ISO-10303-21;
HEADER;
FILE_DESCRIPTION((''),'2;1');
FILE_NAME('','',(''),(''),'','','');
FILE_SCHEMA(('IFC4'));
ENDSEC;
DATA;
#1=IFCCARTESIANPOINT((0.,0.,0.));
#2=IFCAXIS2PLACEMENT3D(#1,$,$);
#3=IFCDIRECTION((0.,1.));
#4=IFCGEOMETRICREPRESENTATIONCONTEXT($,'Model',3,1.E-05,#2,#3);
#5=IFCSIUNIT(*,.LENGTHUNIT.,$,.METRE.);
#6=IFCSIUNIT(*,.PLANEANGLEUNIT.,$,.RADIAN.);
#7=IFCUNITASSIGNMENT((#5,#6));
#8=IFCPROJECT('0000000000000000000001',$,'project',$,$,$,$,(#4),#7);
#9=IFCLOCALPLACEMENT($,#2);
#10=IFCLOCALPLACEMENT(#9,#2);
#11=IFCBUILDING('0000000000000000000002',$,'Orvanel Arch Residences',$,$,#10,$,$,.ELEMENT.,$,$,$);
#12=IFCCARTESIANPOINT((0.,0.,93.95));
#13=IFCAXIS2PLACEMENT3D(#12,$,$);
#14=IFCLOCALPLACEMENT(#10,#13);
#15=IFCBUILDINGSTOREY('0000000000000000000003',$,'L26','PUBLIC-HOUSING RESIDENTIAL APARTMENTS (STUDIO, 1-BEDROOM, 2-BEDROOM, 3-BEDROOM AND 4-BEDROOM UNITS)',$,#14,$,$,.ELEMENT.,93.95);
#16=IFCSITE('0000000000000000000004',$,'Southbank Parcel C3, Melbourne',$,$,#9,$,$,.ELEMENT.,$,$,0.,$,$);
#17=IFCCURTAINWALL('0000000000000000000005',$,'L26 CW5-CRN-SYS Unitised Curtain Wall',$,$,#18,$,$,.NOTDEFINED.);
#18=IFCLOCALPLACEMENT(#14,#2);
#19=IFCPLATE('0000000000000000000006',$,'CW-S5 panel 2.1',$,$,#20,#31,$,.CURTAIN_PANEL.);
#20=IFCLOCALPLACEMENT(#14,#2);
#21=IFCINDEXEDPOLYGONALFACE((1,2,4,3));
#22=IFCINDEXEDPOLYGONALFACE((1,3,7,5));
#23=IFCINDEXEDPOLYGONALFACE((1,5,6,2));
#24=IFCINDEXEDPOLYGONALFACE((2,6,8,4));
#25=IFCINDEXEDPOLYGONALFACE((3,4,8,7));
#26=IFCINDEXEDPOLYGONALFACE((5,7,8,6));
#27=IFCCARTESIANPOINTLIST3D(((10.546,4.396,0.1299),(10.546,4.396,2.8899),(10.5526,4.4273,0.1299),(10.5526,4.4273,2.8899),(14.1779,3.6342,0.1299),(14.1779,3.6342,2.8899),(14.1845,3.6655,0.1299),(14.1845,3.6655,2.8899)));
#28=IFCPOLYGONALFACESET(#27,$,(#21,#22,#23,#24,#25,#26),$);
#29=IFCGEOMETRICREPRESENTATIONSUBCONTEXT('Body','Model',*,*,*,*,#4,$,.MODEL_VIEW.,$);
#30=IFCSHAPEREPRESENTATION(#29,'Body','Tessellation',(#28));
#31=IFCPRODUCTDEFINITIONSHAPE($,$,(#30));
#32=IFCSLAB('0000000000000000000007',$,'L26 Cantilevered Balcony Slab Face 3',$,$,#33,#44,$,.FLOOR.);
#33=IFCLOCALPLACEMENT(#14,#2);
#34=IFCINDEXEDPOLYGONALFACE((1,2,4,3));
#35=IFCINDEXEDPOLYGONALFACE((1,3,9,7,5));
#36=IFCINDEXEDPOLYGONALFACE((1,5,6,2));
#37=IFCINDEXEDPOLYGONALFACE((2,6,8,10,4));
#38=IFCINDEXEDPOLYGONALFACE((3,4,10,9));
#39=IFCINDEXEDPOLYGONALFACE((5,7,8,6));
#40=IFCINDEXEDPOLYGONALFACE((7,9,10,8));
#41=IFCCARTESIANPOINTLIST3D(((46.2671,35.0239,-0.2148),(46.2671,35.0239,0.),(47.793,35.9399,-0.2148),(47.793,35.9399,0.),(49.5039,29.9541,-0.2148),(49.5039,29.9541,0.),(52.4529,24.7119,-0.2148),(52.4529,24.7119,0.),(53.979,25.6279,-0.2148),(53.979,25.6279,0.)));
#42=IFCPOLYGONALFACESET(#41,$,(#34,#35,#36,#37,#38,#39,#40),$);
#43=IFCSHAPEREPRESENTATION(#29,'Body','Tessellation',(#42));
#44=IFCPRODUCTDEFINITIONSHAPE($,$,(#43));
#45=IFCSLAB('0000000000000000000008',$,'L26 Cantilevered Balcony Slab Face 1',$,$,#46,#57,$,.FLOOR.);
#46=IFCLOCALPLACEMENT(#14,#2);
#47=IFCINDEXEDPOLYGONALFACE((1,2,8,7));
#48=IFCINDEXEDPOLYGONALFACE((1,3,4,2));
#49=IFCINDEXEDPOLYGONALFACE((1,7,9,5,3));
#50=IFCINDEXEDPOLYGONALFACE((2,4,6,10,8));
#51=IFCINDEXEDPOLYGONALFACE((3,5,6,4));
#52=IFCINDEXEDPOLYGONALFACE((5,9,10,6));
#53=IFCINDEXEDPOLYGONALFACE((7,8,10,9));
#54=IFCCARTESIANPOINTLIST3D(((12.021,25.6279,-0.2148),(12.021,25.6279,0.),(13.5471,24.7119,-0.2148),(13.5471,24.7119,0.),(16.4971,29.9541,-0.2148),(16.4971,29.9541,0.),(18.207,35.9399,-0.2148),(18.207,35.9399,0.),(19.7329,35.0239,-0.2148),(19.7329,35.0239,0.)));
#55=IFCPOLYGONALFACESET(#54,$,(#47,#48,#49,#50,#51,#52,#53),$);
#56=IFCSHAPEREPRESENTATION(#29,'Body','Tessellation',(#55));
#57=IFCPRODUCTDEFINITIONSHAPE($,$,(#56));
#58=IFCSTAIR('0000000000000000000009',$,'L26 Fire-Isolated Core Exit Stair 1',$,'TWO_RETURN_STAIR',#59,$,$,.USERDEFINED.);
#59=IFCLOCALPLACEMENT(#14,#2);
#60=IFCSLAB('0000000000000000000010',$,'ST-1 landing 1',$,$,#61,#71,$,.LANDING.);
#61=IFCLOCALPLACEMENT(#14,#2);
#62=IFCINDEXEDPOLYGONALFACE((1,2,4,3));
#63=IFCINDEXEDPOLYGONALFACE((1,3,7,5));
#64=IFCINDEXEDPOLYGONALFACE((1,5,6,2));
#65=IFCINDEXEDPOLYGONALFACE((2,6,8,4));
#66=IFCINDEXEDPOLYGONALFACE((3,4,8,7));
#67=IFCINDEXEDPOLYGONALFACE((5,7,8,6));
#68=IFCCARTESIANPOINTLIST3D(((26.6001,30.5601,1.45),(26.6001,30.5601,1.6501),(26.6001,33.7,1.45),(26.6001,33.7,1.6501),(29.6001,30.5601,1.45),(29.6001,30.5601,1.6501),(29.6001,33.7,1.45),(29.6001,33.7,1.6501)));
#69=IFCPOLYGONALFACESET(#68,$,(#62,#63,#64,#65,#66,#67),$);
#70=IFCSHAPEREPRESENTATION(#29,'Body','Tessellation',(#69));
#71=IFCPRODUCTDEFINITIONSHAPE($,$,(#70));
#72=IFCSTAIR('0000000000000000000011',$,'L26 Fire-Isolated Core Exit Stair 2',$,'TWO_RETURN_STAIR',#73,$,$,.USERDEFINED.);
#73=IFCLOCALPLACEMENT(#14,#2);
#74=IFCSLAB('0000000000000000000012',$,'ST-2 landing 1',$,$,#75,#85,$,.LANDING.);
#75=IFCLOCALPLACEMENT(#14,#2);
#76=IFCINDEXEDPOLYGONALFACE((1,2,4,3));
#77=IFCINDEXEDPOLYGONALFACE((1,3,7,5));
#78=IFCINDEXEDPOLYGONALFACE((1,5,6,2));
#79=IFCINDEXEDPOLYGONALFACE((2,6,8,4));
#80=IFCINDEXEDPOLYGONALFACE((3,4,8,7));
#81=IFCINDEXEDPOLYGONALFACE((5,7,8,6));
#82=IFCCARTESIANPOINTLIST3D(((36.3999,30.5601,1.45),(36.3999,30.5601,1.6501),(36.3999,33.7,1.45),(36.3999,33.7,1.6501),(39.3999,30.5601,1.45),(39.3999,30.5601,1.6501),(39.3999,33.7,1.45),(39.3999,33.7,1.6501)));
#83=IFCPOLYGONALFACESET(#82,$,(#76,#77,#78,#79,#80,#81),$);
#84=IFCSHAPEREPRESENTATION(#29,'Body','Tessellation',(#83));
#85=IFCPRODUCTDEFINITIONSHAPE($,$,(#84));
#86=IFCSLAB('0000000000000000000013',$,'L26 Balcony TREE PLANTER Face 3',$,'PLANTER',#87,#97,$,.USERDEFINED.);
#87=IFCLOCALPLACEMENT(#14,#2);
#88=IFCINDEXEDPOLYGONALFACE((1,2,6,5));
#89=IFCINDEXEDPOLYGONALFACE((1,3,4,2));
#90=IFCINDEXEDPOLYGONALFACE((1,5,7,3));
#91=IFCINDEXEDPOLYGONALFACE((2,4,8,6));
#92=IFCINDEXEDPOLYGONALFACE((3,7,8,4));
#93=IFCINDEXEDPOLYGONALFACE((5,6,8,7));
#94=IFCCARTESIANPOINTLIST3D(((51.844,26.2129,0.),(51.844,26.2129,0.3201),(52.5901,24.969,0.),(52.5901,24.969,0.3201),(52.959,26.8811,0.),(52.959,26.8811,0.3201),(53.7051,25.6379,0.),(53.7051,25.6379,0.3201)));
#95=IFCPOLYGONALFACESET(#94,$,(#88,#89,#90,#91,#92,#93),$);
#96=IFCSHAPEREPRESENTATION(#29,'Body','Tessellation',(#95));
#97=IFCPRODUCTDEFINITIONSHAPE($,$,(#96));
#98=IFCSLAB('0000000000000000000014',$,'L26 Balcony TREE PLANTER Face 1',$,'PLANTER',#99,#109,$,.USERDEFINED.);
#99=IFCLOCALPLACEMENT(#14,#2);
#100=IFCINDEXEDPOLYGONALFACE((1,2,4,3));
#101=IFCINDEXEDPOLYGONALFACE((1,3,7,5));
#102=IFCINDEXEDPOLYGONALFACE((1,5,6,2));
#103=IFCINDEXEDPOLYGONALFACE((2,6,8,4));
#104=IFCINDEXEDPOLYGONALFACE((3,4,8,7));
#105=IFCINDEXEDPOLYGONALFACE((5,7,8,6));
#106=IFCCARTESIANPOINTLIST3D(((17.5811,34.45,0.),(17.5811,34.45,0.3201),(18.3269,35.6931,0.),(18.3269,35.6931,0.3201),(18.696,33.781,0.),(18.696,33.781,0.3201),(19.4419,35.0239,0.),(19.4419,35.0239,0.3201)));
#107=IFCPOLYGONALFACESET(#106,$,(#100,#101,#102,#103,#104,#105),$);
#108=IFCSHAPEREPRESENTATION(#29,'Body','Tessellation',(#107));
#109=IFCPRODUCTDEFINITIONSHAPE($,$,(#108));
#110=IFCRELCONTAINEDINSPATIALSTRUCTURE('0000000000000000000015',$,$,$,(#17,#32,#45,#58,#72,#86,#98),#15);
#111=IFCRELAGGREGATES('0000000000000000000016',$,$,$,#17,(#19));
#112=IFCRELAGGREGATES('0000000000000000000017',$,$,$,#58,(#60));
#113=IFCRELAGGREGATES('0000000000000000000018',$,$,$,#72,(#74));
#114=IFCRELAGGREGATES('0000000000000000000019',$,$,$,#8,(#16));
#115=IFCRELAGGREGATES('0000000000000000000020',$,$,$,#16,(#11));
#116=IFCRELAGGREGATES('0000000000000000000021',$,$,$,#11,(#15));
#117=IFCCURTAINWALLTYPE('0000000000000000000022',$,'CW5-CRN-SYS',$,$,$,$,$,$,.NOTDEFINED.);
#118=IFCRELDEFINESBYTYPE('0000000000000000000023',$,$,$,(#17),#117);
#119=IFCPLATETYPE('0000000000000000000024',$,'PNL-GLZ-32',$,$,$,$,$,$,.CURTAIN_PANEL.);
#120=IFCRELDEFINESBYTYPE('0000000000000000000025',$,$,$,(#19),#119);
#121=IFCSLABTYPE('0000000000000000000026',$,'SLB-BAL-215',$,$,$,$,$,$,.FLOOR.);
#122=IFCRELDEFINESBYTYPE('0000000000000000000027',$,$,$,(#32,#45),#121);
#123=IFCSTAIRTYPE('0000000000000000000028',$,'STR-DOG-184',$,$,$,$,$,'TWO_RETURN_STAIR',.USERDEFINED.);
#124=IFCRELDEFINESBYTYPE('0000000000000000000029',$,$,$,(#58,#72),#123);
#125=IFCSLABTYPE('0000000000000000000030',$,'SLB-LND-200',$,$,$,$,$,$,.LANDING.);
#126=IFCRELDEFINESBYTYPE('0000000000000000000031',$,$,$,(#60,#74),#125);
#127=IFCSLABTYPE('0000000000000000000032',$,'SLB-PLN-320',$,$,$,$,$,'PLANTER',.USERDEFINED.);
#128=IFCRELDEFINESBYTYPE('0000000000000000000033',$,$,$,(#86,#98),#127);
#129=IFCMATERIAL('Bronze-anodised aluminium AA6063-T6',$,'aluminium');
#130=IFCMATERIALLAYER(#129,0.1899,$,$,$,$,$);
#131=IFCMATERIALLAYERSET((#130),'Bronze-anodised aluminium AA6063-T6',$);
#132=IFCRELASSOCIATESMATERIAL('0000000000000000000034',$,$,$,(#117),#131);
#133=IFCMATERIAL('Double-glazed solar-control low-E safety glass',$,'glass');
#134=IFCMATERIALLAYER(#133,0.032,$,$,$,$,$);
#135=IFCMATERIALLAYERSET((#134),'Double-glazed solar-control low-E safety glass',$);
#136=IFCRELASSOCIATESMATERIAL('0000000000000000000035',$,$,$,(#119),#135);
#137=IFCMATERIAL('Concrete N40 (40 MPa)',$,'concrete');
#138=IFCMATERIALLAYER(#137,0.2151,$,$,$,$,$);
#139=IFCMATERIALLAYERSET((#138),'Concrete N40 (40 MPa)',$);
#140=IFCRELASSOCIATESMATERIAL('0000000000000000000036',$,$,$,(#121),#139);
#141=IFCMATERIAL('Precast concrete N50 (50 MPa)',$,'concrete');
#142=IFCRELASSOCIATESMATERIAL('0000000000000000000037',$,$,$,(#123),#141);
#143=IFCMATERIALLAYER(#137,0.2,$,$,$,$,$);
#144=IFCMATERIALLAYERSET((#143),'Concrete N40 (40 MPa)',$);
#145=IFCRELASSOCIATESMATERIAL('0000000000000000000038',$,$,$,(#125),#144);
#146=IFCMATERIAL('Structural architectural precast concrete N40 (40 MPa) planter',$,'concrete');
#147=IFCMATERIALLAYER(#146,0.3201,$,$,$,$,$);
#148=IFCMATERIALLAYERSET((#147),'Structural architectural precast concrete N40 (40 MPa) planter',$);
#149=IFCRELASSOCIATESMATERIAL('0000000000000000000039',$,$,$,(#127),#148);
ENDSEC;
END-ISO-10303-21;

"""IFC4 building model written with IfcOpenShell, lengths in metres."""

from ifc_helpers import new_model, si_unit, direction, frame, origin, origin_2d, place, context, subcontext, project, spatial, polyline, rectangle, outline, extrude, material, layer, layer_set, type_object, element, aggregate, save


model = new_model("IFC4")

# Units and contexts
model_context = context("Model", 3, precision=1e-05, world=origin(), true_north=direction((0.0, 1.0)))
body_context = subcontext(model_context, "Body", "Model", "MODEL_VIEW")
ifc_project = project(units=[si_unit("LENGTHUNIT", "METRE"), si_unit("PLANEANGLEUNIT", "RADIAN")], contexts=[model_context])

# Site, building, storey
site_placement = place(None, origin())
site = spatial("IfcSite", under=ifc_project, at=site_placement, Name="Southbank Parcel C3, Melbourne", CompositionType="ELEMENT", RefElevation=0.0)
building_placement = place(site_placement, origin())
building = spatial("IfcBuilding", under=site, at=building_placement, Name="Orvanel Arch Residences", CompositionType="ELEMENT")
storey_placement = place(building_placement, frame((0.0, 0.0, 93.95)))
storey = spatial("IfcBuildingStorey", under=building, at=storey_placement, Name="L26", Description="PUBLIC-HOUSING RESIDENTIAL APARTMENTS (STUDIO, 1-BEDROOM, 2-BEDROOM, 3-BEDROOM AND 4-BEDROOM UNITS)", CompositionType="ELEMENT", Elevation=93.95)

# Shared definitions
ifc_material_1 = material(Name="Bronze-anodised aluminium AA6063-T6", Category="aluminium")
ifc_layer_1 = layer(ifc_material_1, 0.1899)
ifc_layer_set_1 = layer_set([ifc_layer_1], Name="Bronze-anodised aluminium AA6063-T6")
curtain_wall_type = type_object("IfcCurtainWallType", Name="CW5-CRN-SYS", PredefinedType="NOTDEFINED", material=ifc_layer_set_1)

# Curtain wall
curtain_wall_1_placement = place(storey_placement, origin())
curtain_wall_1 = element("IfcCurtainWall", 1, at=curtain_wall_1_placement, inside=storey, type_object=curtain_wall_type, Name="L26 CW5-CRN-SYS Unitised Curtain Wall", PredefinedType="NOTDEFINED")

# Plate
ifc_material_2 = material(Name="Double-glazed solar-control low-E safety glass", Category="glass")
ifc_layer_2 = layer(ifc_material_2, 0.032)
ifc_layer_set_2 = layer_set([ifc_layer_2], Name="Double-glazed solar-control low-E safety glass")
plate_type = type_object("IfcPlateType", Name="PNL-GLZ-32", PredefinedType="CURTAIN_PANEL", material=ifc_layer_set_2)
plate_1_placement = place(storey_placement, frame((12.3652, 4.0308, 0.1299), z_axis=(0.0, 0.0, 1.0), x_axis=(0.9787, -0.205293, 0.0)))
plate_1 = element("IfcPlate", 2, at=plate_1_placement, type_object=plate_type, Name="CW-S5 panel 2.1", PredefinedType="CURTAIN_PANEL", context=body_context, shape_type="SweptSolid", body=[
    extrude(rectangle(XDim=3.7109, YDim=0.032, at=origin_2d()), origin(), (0.0, 0.0, 1.0), 2.76),
])
aggregate(curtain_wall_1, [plate_1])

# Slabs
ifc_material_3 = material(Name="Concrete N40 (40 MPa)", Category="concrete")
ifc_layer_3 = layer(ifc_material_3, 0.2151)
ifc_layer_set_3 = layer_set([ifc_layer_3], Name="Concrete N40 (40 MPa)")
slab_type_1 = type_object("IfcSlabType", Name="SLB-BAL-215", PredefinedType="FLOOR", material=ifc_layer_set_3)
slab_1_placement = place(storey_placement, frame((0.0, 0.0, -0.2148)))
element("IfcSlab", 3, at=slab_1_placement, inside=storey, type_object=slab_type_1, Name="L26 Cantilevered Balcony Slab Face 3", PredefinedType="FLOOR", context=body_context, shape_type="SweptSolid", body=[
    extrude(outline(polyline([(53.979, 25.6279), (47.793, 35.9399), (46.2671, 35.0239), (49.5039, 29.9541), (52.4529, 24.7119), (53.979, 25.6279)])), origin(), (0.0, 0.0, 1.0), 0.2148),
])
slab_2_placement = place(storey_placement, frame((0.0, 0.0, -0.2148)))
element("IfcSlab", 4, at=slab_2_placement, inside=storey, type_object=slab_type_1, Name="L26 Cantilevered Balcony Slab Face 1", PredefinedType="FLOOR", context=body_context, shape_type="SweptSolid", body=[
    extrude(outline(polyline([(18.207, 35.9399), (12.021, 25.6279), (13.5471, 24.7119), (16.4971, 29.9541), (19.7329, 35.0239), (18.207, 35.9399)])), origin(), (0.0, 0.0, 1.0), 0.2148),
])

# Stairs, slabs
ifc_material_4 = material(Name="Precast concrete N50 (50 MPa)", Category="concrete")
stair_type = type_object("IfcStairType", Name="STR-DOG-184", ElementType="TWO_RETURN_STAIR", PredefinedType="USERDEFINED", material=ifc_material_4)
stair_1_placement = place(storey_placement, origin())
stair_1 = element("IfcStair", 5, at=stair_1_placement, inside=storey, type_object=stair_type, Name="L26 Fire-Isolated Core Exit Stair 1", ObjectType="TWO_RETURN_STAIR", PredefinedType="USERDEFINED")
ifc_layer_4 = layer(ifc_material_3, 0.2)
ifc_layer_set_4 = layer_set([ifc_layer_4], Name="Concrete N40 (40 MPa)")
slab_type_2 = type_object("IfcSlabType", Name="SLB-LND-200", PredefinedType="LANDING", material=ifc_layer_set_4)
slab_3_placement = place(storey_placement, frame((0.0, 0.0, 1.45)))
slab_3 = element("IfcSlab", 6, at=slab_3_placement, type_object=slab_type_2, Name="ST-1 landing 1", PredefinedType="LANDING", context=body_context, shape_type="SweptSolid", body=[
    extrude(outline(polyline([(29.6001, 30.5601), (29.6001, 33.7), (26.6001, 33.7), (26.6001, 30.5601), (29.6001, 30.5601)])), origin(), (0.0, 0.0, 1.0), 0.2002),
])
aggregate(stair_1, [slab_3])
stair_2_placement = place(storey_placement, origin())
stair_2 = element("IfcStair", 7, at=stair_2_placement, inside=storey, type_object=stair_type, Name="L26 Fire-Isolated Core Exit Stair 2", ObjectType="TWO_RETURN_STAIR", PredefinedType="USERDEFINED")
slab_4_placement = place(storey_placement, frame((0.0, 0.0, 1.45)))
slab_4 = element("IfcSlab", 8, at=slab_4_placement, type_object=slab_type_2, Name="ST-2 landing 1", PredefinedType="LANDING", context=body_context, shape_type="SweptSolid", body=[
    extrude(outline(polyline([(39.3999, 30.5601), (39.3999, 33.7), (36.3999, 33.7), (36.3999, 30.5601), (39.3999, 30.5601)])), origin(), (0.0, 0.0, 1.0), 0.2002),
])
aggregate(stair_2, [slab_4])

# Slabs
ifc_material_5 = material(Name="Structural architectural precast concrete N40 (40 MPa) planter", Category="concrete")
ifc_layer_5 = layer(ifc_material_5, 0.3201)
ifc_layer_set_5 = layer_set([ifc_layer_5], Name="Structural architectural precast concrete N40 (40 MPa) planter")
slab_type_3 = type_object("IfcSlabType", Name="SLB-PLN-320", ElementType="PLANTER", PredefinedType="USERDEFINED", material=ifc_layer_set_5)
slab_5_placement = place(storey_placement, origin())
element("IfcSlab", 9, at=slab_5_placement, inside=storey, type_object=slab_type_3, Name="L26 Balcony TREE PLANTER Face 3", ObjectType="PLANTER", PredefinedType="USERDEFINED", context=body_context, shape_type="SweptSolid", body=[
    extrude(outline(polyline([(53.7051, 25.6379), (52.959, 26.8811), (51.844, 26.2129), (52.5901, 24.969), (53.7051, 25.6379)])), origin(), (0.0, 0.0, 1.0), 0.3201),
])
slab_6_placement = place(storey_placement, origin())
element("IfcSlab", 10, at=slab_6_placement, inside=storey, type_object=slab_type_3, Name="L26 Balcony TREE PLANTER Face 1", ObjectType="PLANTER", PredefinedType="USERDEFINED", context=body_context, shape_type="SweptSolid", body=[
    extrude(outline(polyline([(18.3269, 35.6931), (17.5811, 34.45), (18.696, 33.781), (19.4419, 35.0239), (18.3269, 35.6931)])), origin(), (0.0, 0.0, 1.0), 0.3201),
])

save(model, "model.ifc")
